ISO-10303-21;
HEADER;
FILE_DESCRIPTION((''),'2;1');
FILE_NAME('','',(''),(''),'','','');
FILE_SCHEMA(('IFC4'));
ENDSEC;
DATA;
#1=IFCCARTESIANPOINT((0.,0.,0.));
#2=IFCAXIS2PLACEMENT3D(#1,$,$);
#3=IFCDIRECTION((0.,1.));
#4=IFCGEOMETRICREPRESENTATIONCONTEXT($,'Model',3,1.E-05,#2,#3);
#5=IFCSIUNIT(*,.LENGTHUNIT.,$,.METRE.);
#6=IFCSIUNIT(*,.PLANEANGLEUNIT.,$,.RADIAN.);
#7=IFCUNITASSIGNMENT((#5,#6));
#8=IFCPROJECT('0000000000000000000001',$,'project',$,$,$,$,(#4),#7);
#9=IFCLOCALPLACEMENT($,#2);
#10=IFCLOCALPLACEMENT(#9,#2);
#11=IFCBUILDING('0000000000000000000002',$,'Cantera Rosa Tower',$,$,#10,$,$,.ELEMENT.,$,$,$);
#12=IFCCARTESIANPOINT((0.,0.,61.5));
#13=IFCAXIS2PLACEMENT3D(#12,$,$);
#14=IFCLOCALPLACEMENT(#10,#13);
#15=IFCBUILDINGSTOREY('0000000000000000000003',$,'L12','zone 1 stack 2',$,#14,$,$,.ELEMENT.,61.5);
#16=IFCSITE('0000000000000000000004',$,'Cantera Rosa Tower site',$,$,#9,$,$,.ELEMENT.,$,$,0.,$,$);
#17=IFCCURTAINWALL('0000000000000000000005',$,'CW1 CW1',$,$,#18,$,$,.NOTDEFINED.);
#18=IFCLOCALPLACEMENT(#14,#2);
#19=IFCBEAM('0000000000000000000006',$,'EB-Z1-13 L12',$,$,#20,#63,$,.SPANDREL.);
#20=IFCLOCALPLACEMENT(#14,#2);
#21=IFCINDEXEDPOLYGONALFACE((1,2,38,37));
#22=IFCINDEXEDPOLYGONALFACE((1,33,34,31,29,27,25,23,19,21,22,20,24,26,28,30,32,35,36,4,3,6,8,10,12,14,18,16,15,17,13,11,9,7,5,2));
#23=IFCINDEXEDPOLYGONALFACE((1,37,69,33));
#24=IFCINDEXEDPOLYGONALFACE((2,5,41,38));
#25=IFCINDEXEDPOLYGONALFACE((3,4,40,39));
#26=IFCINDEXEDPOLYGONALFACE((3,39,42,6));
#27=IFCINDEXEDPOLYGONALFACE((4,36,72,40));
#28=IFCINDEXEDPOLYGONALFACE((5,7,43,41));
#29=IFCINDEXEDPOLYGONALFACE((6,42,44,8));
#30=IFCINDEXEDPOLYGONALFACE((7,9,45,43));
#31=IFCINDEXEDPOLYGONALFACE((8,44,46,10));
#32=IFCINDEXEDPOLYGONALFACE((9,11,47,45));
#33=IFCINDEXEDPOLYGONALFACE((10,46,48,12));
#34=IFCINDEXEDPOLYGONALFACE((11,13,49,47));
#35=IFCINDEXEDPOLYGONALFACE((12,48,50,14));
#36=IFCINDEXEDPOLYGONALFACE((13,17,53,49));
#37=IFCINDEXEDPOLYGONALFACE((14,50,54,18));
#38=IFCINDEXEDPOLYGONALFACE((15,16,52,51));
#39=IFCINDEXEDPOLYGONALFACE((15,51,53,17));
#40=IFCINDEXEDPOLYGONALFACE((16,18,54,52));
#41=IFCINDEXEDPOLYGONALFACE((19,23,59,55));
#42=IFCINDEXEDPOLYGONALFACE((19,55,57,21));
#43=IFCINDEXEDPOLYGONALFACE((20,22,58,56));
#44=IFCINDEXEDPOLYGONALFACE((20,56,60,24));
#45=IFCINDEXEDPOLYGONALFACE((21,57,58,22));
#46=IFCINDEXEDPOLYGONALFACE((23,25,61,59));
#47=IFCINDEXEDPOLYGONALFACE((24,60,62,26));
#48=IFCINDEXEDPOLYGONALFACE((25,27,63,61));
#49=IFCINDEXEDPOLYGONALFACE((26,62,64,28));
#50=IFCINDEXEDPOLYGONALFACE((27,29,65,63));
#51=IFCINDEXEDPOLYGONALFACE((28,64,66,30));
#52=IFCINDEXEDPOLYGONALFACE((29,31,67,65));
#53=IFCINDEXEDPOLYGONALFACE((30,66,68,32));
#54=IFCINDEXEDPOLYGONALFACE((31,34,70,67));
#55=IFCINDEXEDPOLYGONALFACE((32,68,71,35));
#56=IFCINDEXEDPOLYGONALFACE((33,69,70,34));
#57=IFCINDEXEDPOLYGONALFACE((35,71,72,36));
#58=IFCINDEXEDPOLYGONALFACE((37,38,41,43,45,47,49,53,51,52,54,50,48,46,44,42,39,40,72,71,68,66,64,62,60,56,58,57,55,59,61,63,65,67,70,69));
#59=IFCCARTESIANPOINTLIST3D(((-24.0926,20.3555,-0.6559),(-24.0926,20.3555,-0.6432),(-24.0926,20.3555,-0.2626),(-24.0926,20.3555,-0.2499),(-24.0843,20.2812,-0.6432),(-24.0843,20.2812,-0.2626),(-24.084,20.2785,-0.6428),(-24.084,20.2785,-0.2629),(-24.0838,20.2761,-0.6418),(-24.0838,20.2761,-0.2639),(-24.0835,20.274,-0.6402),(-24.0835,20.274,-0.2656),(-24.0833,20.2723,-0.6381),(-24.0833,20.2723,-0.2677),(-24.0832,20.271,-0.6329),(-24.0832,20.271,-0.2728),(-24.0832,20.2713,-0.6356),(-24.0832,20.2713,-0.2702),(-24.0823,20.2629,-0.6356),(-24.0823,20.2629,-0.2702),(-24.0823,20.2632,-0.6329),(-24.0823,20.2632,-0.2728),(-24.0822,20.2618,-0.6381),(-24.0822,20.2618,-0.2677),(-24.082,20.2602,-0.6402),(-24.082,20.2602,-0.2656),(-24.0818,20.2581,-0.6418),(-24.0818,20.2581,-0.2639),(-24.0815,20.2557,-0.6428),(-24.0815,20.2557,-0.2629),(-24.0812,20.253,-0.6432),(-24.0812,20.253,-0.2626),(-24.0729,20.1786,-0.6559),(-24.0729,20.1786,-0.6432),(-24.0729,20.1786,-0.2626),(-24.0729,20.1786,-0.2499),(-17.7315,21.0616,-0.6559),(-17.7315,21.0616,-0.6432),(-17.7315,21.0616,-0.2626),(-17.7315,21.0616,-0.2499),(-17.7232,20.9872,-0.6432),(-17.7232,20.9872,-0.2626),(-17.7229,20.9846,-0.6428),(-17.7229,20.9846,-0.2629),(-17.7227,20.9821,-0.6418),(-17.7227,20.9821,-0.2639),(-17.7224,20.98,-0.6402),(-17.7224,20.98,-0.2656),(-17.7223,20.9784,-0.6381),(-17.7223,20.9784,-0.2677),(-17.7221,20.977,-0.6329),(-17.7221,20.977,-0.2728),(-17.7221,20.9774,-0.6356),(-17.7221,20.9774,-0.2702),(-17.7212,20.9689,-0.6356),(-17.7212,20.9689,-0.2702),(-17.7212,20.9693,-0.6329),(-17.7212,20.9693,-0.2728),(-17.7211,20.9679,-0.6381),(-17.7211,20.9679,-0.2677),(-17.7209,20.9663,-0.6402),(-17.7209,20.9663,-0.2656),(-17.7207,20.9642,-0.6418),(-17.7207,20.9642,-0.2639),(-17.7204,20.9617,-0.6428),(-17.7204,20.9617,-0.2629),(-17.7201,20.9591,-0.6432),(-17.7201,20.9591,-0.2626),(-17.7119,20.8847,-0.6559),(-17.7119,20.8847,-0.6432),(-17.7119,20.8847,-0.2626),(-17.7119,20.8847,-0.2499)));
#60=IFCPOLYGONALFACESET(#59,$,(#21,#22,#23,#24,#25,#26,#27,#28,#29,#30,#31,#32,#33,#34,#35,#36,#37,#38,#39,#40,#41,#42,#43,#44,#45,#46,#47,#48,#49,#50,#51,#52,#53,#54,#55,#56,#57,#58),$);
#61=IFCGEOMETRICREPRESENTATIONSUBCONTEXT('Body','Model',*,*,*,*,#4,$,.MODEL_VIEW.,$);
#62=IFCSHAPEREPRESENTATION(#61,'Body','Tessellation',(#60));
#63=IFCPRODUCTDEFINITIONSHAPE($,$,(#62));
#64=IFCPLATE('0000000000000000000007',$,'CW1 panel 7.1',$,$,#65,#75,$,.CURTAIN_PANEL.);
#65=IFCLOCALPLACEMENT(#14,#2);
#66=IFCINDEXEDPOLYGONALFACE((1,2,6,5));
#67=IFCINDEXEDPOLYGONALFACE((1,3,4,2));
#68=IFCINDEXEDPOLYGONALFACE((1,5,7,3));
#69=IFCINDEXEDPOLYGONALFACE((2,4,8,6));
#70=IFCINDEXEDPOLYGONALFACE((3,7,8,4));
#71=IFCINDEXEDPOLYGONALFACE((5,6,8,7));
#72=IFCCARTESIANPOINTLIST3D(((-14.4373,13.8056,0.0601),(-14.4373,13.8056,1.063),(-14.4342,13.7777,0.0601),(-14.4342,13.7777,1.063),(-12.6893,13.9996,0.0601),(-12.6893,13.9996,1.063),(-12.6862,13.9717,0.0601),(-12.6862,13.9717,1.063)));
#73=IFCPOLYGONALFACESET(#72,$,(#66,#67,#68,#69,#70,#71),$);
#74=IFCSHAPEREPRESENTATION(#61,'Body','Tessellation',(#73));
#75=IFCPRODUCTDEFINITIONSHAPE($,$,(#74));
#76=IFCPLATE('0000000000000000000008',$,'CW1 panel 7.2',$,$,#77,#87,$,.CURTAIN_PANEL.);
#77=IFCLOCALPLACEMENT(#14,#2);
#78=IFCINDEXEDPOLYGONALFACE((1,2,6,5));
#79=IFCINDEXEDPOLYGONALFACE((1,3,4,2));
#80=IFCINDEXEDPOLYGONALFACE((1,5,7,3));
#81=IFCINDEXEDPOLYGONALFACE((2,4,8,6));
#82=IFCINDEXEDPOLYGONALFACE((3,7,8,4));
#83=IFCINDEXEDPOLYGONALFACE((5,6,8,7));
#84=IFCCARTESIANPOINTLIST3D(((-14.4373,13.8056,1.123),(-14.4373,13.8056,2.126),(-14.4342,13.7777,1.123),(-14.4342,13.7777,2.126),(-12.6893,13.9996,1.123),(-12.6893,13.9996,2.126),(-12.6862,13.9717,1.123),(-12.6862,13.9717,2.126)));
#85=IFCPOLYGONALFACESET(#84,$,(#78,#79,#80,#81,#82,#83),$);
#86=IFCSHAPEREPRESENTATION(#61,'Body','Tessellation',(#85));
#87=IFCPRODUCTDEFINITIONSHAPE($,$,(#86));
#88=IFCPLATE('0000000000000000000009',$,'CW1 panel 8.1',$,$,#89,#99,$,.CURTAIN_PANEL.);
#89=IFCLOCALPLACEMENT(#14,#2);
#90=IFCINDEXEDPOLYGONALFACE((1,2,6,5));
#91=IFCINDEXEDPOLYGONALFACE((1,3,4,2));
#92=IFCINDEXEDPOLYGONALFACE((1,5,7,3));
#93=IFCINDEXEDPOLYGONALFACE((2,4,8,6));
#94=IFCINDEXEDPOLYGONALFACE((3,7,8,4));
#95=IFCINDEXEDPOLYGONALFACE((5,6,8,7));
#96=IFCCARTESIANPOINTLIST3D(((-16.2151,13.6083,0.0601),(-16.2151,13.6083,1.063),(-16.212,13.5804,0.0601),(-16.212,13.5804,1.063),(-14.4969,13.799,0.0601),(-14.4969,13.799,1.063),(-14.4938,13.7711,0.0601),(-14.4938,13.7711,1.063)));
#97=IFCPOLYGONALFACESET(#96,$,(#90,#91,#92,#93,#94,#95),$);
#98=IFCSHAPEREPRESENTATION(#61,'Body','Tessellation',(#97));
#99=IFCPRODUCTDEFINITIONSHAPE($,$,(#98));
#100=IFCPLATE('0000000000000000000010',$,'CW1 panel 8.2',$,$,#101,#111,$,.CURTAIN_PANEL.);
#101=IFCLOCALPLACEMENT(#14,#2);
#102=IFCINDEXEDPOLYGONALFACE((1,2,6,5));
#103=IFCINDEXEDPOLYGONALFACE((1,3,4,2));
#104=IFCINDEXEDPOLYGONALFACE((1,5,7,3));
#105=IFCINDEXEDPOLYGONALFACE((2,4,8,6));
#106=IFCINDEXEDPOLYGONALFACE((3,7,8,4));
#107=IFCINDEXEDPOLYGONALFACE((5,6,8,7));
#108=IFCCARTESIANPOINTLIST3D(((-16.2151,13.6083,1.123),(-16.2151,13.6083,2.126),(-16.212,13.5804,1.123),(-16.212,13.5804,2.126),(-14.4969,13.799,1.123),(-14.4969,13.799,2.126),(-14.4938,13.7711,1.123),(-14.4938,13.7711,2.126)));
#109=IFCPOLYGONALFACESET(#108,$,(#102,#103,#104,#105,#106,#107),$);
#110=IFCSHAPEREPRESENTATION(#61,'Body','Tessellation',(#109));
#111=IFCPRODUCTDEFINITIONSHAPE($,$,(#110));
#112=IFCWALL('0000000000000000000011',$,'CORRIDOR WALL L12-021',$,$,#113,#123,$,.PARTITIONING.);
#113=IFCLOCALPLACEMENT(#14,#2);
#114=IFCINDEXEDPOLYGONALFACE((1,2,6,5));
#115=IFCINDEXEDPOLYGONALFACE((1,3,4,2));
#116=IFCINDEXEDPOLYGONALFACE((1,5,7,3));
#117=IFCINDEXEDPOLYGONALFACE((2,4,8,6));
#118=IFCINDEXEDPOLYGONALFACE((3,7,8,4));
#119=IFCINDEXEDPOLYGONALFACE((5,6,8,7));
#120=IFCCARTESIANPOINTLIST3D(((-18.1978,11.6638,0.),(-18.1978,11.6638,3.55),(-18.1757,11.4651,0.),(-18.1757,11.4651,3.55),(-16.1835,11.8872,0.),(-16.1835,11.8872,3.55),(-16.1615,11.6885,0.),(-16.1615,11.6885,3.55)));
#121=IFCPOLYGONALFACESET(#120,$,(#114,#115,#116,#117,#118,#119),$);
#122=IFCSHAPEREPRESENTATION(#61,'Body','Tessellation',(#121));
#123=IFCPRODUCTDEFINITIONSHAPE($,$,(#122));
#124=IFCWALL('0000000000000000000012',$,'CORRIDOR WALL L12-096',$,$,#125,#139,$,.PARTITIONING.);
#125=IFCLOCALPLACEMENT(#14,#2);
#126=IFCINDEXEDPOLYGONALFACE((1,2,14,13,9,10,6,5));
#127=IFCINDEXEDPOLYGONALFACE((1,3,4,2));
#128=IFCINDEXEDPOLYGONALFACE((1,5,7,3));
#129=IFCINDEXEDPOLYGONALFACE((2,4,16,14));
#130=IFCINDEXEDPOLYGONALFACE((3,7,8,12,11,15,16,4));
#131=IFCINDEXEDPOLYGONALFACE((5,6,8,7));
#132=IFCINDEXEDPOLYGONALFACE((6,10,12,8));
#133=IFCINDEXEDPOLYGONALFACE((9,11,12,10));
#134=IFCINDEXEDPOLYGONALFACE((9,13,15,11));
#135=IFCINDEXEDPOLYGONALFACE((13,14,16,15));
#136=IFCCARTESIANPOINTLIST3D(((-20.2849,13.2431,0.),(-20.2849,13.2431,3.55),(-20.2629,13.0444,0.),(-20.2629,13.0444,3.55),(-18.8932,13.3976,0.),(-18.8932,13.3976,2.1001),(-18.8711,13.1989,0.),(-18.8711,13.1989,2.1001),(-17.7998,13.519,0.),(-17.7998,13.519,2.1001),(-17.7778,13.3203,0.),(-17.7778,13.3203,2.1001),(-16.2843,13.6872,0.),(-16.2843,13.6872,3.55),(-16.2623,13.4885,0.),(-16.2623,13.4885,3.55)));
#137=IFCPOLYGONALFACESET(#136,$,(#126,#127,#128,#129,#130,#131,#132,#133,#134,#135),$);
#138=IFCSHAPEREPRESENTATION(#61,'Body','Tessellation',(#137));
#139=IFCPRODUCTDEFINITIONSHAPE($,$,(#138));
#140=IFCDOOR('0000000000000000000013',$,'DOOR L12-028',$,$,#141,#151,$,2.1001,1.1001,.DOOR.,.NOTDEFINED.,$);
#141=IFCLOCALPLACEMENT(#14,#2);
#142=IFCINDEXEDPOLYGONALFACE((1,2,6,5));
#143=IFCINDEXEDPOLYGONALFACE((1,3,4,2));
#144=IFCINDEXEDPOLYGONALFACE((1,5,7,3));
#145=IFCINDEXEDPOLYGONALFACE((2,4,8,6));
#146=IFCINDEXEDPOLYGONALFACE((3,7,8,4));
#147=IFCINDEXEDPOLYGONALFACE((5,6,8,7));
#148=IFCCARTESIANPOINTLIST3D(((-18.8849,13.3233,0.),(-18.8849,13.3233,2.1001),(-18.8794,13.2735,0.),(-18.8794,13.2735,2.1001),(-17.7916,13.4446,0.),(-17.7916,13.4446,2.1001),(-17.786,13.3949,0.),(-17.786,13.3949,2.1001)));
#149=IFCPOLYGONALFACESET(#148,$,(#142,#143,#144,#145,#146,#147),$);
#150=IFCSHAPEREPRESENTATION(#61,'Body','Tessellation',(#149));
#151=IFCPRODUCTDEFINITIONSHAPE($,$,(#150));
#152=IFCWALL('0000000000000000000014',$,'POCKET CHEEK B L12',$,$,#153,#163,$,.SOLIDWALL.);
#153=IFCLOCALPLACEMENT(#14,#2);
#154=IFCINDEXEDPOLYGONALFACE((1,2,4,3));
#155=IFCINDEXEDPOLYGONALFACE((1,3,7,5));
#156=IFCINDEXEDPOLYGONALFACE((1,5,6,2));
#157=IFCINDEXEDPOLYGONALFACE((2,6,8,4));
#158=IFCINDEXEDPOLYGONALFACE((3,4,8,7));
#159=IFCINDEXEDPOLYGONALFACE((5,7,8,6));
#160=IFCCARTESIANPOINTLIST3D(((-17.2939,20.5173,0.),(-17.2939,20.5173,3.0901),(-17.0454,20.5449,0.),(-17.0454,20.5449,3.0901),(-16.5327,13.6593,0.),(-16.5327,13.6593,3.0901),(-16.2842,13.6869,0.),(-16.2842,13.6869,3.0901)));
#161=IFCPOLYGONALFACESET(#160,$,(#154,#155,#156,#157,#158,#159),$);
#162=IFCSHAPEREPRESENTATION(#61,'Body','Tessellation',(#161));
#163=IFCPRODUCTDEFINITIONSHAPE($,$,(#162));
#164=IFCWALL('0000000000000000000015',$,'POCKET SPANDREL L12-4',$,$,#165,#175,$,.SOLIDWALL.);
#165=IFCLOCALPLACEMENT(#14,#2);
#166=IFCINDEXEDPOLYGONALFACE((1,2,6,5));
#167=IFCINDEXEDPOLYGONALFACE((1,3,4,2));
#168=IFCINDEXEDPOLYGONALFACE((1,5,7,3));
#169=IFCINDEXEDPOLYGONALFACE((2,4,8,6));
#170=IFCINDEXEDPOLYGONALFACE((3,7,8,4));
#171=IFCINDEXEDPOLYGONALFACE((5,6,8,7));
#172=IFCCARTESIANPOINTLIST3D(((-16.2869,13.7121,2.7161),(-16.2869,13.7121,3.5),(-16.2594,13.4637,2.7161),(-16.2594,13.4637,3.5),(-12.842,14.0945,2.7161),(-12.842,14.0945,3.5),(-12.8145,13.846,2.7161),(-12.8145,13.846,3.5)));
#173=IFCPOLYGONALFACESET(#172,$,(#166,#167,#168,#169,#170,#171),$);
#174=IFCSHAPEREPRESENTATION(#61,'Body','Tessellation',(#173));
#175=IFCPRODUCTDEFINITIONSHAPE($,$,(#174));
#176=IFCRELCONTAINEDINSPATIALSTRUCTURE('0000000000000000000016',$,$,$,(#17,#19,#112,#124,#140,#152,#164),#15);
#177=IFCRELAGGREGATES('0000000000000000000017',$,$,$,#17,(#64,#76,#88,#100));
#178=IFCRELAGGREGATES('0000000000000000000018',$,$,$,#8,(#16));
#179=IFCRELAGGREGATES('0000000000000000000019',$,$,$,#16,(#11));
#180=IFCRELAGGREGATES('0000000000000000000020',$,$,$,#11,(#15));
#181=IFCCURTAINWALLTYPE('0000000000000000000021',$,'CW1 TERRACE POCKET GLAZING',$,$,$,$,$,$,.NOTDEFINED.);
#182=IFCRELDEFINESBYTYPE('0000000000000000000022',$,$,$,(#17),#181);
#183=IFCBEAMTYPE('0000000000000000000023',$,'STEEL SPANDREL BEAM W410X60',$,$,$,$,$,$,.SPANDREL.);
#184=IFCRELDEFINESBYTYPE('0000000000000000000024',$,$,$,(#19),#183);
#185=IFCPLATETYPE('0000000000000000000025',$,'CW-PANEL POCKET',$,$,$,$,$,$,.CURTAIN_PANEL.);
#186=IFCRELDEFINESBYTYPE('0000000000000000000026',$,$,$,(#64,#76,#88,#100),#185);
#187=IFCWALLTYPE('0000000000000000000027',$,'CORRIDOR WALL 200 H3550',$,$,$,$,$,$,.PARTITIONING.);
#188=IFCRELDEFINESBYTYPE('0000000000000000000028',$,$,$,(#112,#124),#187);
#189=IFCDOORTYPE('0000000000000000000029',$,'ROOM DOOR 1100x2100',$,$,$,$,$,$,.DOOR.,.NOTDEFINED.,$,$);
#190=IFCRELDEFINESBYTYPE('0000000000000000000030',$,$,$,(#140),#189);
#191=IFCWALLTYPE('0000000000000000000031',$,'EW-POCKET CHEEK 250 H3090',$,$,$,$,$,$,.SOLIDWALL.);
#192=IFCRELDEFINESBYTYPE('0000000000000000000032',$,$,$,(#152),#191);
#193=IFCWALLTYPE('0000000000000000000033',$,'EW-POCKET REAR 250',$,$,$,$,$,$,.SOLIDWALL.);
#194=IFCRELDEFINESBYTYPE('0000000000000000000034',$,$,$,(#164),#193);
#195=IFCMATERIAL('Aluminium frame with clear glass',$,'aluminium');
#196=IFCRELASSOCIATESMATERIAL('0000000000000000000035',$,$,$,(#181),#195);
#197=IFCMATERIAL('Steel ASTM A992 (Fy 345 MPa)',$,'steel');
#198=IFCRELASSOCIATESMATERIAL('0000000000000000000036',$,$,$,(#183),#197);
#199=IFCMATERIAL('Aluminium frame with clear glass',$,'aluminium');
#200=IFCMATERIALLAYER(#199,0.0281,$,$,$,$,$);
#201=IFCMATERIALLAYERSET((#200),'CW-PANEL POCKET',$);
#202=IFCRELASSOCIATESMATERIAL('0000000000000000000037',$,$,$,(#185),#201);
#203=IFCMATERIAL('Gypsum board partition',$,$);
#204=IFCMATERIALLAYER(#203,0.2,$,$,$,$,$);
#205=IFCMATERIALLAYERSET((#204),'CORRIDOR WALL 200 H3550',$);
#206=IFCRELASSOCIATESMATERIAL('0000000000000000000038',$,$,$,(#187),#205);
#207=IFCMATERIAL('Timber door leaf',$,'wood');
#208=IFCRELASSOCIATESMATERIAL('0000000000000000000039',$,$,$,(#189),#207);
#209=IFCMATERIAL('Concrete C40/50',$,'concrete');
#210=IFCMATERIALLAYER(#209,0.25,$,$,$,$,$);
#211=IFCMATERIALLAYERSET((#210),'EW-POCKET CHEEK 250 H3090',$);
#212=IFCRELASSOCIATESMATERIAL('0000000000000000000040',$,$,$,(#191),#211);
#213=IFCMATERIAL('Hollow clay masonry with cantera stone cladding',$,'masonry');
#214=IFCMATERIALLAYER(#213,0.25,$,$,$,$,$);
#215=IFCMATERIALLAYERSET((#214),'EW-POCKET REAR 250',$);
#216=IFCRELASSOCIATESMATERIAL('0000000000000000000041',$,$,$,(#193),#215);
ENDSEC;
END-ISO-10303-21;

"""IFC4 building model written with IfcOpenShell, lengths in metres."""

from ifc_helpers import new_model, si_unit, direction, frame, frame_2d, origin, origin_2d, place, context, subcontext, project, spatial, rectangle, i_section, extrude, material, layer, layer_set, material_profile, profile_set, type_object, element, fill, aggregate, save


model = new_model("IFC4")

# Units and contexts
model_context = context("Model", 3, precision=1e-05, world=origin(), true_north=direction((0.0, 1.0)))
body_context = subcontext(model_context, "Body", "Model", "MODEL_VIEW")
ifc_project = project(units=[si_unit("LENGTHUNIT", "METRE"), si_unit("PLANEANGLEUNIT", "RADIAN")], contexts=[model_context])

# Site, building, storey
site_placement = place(None, origin())
site = spatial("IfcSite", under=ifc_project, at=site_placement, Name="Cantera Rosa Tower site", CompositionType="ELEMENT", RefElevation=0.0)
building_placement = place(site_placement, origin())
building = spatial("IfcBuilding", under=site, at=building_placement, Name="Cantera Rosa Tower", CompositionType="ELEMENT")
storey_placement = place(building_placement, frame((0.0, 0.0, 61.5)))
storey = spatial("IfcBuildingStorey", under=building, at=storey_placement, Name="L12", Description="zone 1 stack 2", CompositionType="ELEMENT", Elevation=61.5)

# Curtain wall
ifc_material_1 = material(Name="Aluminium frame with clear glass", Category="aluminium")
curtain_wall_type = type_object("IfcCurtainWallType", Name="CW1 TERRACE POCKET GLAZING", PredefinedType="NOTDEFINED", material=ifc_material_1)
curtain_wall_placement = place(storey_placement, origin())
curtain_wall = element("IfcCurtainWall", 1, at=curtain_wall_placement, inside=storey, type_object=curtain_wall_type, Name="CW1 CW1", PredefinedType="NOTDEFINED")

# Beam
ifc_material_2 = material(Name="Steel ASTM A992 (Fy 345 MPa)", Category="steel")
ifc_material_profile_1 = material_profile(ifc_material_2, i_section(OverallWidth=0.178, OverallDepth=0.406, WebThickness=0.0078, FlangeThickness=0.0127, FilletRadius=0.0103, at=origin_2d()), Name="W410X60")
ifc_profile_set_1 = profile_set([ifc_material_profile_1], Name="Steel ASTM A992 (Fy 345 MPa)")
beam_type_1 = type_object("IfcBeamType", Name="STEEL SPANDREL BEAM W410X60", PredefinedType="SPANDREL", material=ifc_profile_set_1)
beam_1_placement = place(storey_placement, frame((-17.7217, 20.9731, -0.4529), z_axis=(-0.993896, -0.110318, 0.0), x_axis=(0.110318, -0.993896, 0.0)))
element("IfcBeam", 2, at=beam_1_placement, inside=storey, type_object=beam_type_1, Name="EB-Z1-13 L12", PredefinedType="SPANDREL", context=body_context, shape_type="SweptSolid", body=[
    extrude(i_section(OverallWidth=0.178, OverallDepth=0.406, WebThickness=0.0078, FlangeThickness=0.0127, FilletRadius=0.0103, at=origin_2d()), origin(), (0.0, 0.0, 1.0), 6.4001),
])

# Plates
ifc_material_3 = material(Name="Aluminium frame with clear glass", Category="aluminium")
ifc_layer_1 = layer(ifc_material_3, 0.0281)
ifc_layer_set_1 = layer_set([ifc_layer_1], Name="CW-PANEL POCKET")
plate_type = type_object("IfcPlateType", Name="CW-PANEL POCKET", PredefinedType="CURTAIN_PANEL", material=ifc_layer_set_1)
plate_1_placement = place(storey_placement, frame((-13.5618, 13.8887, 0.0601), z_axis=(0.0, 0.0, 1.0), x_axis=(-0.993897, -0.110313, 0.0)))
plate_1 = element("IfcPlate", 3, at=plate_1_placement, type_object=plate_type, Name="CW1 panel 7.1", PredefinedType="CURTAIN_PANEL", context=body_context, shape_type="SweptSolid", body=[
    extrude(rectangle(XDim=1.7588, YDim=0.0281, at=origin_2d()), origin(), (0.0, 0.0, 1.0), 1.0029),
])
plate_2_placement = place(storey_placement, frame((-13.5618, 13.8887, 1.123), z_axis=(0.0, 0.0, 1.0), x_axis=(-0.993897, -0.110313, 0.0)))
plate_2 = element("IfcPlate", 4, at=plate_2_placement, type_object=plate_type, Name="CW1 panel 7.2", PredefinedType="CURTAIN_PANEL", context=body_context, shape_type="SweptSolid", body=[
    extrude(rectangle(XDim=1.7588, YDim=0.0281, at=origin_2d()), origin(), (0.0, 0.0, 1.0), 1.0029),
])
plate_3_placement = place(storey_placement, frame((-15.3545, 13.6897, 0.0601), z_axis=(0.0, 0.0, 1.0), x_axis=(-0.993897, -0.110313, 0.0)))
plate_3 = element("IfcPlate", 5, at=plate_3_placement, type_object=plate_type, Name="CW1 panel 8.1", PredefinedType="CURTAIN_PANEL", context=body_context, shape_type="SweptSolid", body=[
    extrude(rectangle(XDim=1.7288, YDim=0.0281, at=origin_2d()), origin(), (0.0, 0.0, 1.0), 1.0029),
])
plate_4_placement = place(storey_placement, frame((-15.3545, 13.6897, 1.123), z_axis=(0.0, 0.0, 1.0), x_axis=(-0.993897, -0.110313, 0.0)))
plate_4 = element("IfcPlate", 6, at=plate_4_placement, type_object=plate_type, Name="CW1 panel 8.2", PredefinedType="CURTAIN_PANEL", context=body_context, shape_type="SweptSolid", body=[
    extrude(rectangle(XDim=1.7288, YDim=0.0281, at=origin_2d()), origin(), (0.0, 0.0, 1.0), 1.0029),
])
aggregate(curtain_wall, [plate_1, plate_2, plate_3, plate_4])

# Wall
ifc_material_4 = material(Name="Gypsum board partition")
ifc_layer_2 = layer(ifc_material_4, 0.2)
ifc_layer_set_2 = layer_set([ifc_layer_2], Name="CORRIDOR WALL 200 H3550")
wall_type_1 = type_object("IfcWallType", Name="CORRIDOR WALL 200 H3550", PredefinedType="PARTITIONING", material=ifc_layer_set_2)
wall_1_placement = place(storey_placement, frame((-16.1726, 11.7878, 0.0), z_axis=(0.0, 0.0, 1.0), x_axis=(-0.993906, -0.110233, 0.0)))
element("IfcWall", 7, at=wall_1_placement, inside=storey, type_object=wall_type_1, Name="CORRIDOR WALL L12-021", PredefinedType="PARTITIONING", context=body_context, shape_type="SweptSolid", body=[
    extrude(rectangle(XDim=2.0266, YDim=0.2, at=frame_2d((1.0132, 0.0))), origin(), (0.0, 0.0, 1.0), 3.55),
])

# Wall, opening, door
wall_2_placement = place(storey_placement, frame((-16.2732, 13.5879, 0.0), z_axis=(0.0, 0.0, 1.0), x_axis=(-0.993895, -0.110332, 0.0)))
wall_2 = element("IfcWall", 8, at=wall_2_placement, inside=storey, type_object=wall_type_1, Name="CORRIDOR WALL L12-096", PredefinedType="PARTITIONING", context=body_context, shape_type="SweptSolid", body=[
    extrude(rectangle(XDim=4.0251, YDim=0.2, at=frame_2d((2.0127, 0.0))), origin(), (0.0, 0.0, 1.0), 3.55),
])
opening_1_placement = place(wall_2_placement, frame((1.5249, 0.0, 0.0)))
opening_1 = element("IfcOpeningElement", 9, at=opening_1_placement, cuts=wall_2, PredefinedType="OPENING", context=body_context, shape_type="SweptSolid", body=[
    extrude(rectangle(XDim=1.1001, YDim=2.1001, at=frame_2d((0.55, 1.05))), frame((0.0, 0.1099, 0.0), z_axis=(0.0, -1.0, 0.0), x_axis=(1.0, 0.0, 0.0)), (0.0, 0.0, 1.0), 0.22),
])
ifc_material_5 = material(Name="Timber door leaf", Category="wood")
door_type_1 = type_object("IfcDoorType", Name="ROOM DOOR 1100x2100", OperationType="NOTDEFINED", PredefinedType="DOOR", material=ifc_material_5)
door_1_placement = place(opening_1_placement, origin())
door_1 = element("IfcDoor", 10, at=door_1_placement, inside=storey, type_object=door_type_1, Name="DOOR L12-028", OperationType="NOTDEFINED", OverallHeight=2.1001, OverallWidth=1.1001, PredefinedType="DOOR", context=body_context, shape_type="SweptSolid", body=[
    extrude(rectangle(XDim=1.1001, YDim=2.1001, at=frame_2d((0.55, 1.05))), frame((0.0, 0.0249, 0.0), z_axis=(0.0, -1.0, 0.0), x_axis=(1.0, 0.0, 0.0)), (0.0, 0.0, 1.0), 0.05),
])
fill(opening_1, door_1)

# Walls
ifc_material_6 = material(Name="Concrete C40/50", Category="concrete")
ifc_layer_3 = layer(ifc_material_6, 0.25)
ifc_layer_set_3 = layer_set([ifc_layer_3], Name="EW-POCKET CHEEK 250 H3090")
wall_type_2 = type_object("IfcWallType", Name="EW-POCKET CHEEK 250 H3090", PredefinedType="SOLIDWALL", material=ifc_layer_set_3)
wall_3_placement = place(storey_placement, frame((-17.1697, 20.5312, 0.0), z_axis=(0.0, 0.0, 1.0), x_axis=(0.110323, -0.993896, 0.0)))
element("IfcWall", 11, at=wall_3_placement, inside=storey, type_object=wall_type_2, Name="POCKET CHEEK B L12", PredefinedType="SOLIDWALL", context=body_context, shape_type="SweptSolid", body=[
    extrude(rectangle(XDim=6.9001, YDim=0.25, at=frame_2d((3.4502, 0.0))), origin(), (0.0, 0.0, 1.0), 3.0901),
])
ifc_material_7 = material(Name="Hollow clay masonry with cantera stone cladding", Category="masonry")
ifc_layer_4 = layer(ifc_material_7, 0.25)
ifc_layer_set_4 = layer_set([ifc_layer_4], Name="EW-POCKET REAR 250")
wall_type_3 = type_object("IfcWallType", Name="EW-POCKET REAR 250", PredefinedType="SOLIDWALL", material=ifc_layer_set_4)
wall_4_placement = place(storey_placement, frame((-12.8284, 13.9702, 2.7161), z_axis=(0.0, 0.0, 1.0), x_axis=(-0.993897, -0.110308, 0.0)))
element("IfcWall", 12, at=wall_4_placement, inside=storey, type_object=wall_type_3, Name="POCKET SPANDREL L12-4", PredefinedType="SOLIDWALL", context=body_context, shape_type="SweptSolid", body=[
    extrude(rectangle(XDim=3.4661, YDim=0.25, at=frame_2d((1.7329, 0.0))), origin(), (0.0, 0.0, 1.0), 0.7839),
])

save(model, "model.ifc")
